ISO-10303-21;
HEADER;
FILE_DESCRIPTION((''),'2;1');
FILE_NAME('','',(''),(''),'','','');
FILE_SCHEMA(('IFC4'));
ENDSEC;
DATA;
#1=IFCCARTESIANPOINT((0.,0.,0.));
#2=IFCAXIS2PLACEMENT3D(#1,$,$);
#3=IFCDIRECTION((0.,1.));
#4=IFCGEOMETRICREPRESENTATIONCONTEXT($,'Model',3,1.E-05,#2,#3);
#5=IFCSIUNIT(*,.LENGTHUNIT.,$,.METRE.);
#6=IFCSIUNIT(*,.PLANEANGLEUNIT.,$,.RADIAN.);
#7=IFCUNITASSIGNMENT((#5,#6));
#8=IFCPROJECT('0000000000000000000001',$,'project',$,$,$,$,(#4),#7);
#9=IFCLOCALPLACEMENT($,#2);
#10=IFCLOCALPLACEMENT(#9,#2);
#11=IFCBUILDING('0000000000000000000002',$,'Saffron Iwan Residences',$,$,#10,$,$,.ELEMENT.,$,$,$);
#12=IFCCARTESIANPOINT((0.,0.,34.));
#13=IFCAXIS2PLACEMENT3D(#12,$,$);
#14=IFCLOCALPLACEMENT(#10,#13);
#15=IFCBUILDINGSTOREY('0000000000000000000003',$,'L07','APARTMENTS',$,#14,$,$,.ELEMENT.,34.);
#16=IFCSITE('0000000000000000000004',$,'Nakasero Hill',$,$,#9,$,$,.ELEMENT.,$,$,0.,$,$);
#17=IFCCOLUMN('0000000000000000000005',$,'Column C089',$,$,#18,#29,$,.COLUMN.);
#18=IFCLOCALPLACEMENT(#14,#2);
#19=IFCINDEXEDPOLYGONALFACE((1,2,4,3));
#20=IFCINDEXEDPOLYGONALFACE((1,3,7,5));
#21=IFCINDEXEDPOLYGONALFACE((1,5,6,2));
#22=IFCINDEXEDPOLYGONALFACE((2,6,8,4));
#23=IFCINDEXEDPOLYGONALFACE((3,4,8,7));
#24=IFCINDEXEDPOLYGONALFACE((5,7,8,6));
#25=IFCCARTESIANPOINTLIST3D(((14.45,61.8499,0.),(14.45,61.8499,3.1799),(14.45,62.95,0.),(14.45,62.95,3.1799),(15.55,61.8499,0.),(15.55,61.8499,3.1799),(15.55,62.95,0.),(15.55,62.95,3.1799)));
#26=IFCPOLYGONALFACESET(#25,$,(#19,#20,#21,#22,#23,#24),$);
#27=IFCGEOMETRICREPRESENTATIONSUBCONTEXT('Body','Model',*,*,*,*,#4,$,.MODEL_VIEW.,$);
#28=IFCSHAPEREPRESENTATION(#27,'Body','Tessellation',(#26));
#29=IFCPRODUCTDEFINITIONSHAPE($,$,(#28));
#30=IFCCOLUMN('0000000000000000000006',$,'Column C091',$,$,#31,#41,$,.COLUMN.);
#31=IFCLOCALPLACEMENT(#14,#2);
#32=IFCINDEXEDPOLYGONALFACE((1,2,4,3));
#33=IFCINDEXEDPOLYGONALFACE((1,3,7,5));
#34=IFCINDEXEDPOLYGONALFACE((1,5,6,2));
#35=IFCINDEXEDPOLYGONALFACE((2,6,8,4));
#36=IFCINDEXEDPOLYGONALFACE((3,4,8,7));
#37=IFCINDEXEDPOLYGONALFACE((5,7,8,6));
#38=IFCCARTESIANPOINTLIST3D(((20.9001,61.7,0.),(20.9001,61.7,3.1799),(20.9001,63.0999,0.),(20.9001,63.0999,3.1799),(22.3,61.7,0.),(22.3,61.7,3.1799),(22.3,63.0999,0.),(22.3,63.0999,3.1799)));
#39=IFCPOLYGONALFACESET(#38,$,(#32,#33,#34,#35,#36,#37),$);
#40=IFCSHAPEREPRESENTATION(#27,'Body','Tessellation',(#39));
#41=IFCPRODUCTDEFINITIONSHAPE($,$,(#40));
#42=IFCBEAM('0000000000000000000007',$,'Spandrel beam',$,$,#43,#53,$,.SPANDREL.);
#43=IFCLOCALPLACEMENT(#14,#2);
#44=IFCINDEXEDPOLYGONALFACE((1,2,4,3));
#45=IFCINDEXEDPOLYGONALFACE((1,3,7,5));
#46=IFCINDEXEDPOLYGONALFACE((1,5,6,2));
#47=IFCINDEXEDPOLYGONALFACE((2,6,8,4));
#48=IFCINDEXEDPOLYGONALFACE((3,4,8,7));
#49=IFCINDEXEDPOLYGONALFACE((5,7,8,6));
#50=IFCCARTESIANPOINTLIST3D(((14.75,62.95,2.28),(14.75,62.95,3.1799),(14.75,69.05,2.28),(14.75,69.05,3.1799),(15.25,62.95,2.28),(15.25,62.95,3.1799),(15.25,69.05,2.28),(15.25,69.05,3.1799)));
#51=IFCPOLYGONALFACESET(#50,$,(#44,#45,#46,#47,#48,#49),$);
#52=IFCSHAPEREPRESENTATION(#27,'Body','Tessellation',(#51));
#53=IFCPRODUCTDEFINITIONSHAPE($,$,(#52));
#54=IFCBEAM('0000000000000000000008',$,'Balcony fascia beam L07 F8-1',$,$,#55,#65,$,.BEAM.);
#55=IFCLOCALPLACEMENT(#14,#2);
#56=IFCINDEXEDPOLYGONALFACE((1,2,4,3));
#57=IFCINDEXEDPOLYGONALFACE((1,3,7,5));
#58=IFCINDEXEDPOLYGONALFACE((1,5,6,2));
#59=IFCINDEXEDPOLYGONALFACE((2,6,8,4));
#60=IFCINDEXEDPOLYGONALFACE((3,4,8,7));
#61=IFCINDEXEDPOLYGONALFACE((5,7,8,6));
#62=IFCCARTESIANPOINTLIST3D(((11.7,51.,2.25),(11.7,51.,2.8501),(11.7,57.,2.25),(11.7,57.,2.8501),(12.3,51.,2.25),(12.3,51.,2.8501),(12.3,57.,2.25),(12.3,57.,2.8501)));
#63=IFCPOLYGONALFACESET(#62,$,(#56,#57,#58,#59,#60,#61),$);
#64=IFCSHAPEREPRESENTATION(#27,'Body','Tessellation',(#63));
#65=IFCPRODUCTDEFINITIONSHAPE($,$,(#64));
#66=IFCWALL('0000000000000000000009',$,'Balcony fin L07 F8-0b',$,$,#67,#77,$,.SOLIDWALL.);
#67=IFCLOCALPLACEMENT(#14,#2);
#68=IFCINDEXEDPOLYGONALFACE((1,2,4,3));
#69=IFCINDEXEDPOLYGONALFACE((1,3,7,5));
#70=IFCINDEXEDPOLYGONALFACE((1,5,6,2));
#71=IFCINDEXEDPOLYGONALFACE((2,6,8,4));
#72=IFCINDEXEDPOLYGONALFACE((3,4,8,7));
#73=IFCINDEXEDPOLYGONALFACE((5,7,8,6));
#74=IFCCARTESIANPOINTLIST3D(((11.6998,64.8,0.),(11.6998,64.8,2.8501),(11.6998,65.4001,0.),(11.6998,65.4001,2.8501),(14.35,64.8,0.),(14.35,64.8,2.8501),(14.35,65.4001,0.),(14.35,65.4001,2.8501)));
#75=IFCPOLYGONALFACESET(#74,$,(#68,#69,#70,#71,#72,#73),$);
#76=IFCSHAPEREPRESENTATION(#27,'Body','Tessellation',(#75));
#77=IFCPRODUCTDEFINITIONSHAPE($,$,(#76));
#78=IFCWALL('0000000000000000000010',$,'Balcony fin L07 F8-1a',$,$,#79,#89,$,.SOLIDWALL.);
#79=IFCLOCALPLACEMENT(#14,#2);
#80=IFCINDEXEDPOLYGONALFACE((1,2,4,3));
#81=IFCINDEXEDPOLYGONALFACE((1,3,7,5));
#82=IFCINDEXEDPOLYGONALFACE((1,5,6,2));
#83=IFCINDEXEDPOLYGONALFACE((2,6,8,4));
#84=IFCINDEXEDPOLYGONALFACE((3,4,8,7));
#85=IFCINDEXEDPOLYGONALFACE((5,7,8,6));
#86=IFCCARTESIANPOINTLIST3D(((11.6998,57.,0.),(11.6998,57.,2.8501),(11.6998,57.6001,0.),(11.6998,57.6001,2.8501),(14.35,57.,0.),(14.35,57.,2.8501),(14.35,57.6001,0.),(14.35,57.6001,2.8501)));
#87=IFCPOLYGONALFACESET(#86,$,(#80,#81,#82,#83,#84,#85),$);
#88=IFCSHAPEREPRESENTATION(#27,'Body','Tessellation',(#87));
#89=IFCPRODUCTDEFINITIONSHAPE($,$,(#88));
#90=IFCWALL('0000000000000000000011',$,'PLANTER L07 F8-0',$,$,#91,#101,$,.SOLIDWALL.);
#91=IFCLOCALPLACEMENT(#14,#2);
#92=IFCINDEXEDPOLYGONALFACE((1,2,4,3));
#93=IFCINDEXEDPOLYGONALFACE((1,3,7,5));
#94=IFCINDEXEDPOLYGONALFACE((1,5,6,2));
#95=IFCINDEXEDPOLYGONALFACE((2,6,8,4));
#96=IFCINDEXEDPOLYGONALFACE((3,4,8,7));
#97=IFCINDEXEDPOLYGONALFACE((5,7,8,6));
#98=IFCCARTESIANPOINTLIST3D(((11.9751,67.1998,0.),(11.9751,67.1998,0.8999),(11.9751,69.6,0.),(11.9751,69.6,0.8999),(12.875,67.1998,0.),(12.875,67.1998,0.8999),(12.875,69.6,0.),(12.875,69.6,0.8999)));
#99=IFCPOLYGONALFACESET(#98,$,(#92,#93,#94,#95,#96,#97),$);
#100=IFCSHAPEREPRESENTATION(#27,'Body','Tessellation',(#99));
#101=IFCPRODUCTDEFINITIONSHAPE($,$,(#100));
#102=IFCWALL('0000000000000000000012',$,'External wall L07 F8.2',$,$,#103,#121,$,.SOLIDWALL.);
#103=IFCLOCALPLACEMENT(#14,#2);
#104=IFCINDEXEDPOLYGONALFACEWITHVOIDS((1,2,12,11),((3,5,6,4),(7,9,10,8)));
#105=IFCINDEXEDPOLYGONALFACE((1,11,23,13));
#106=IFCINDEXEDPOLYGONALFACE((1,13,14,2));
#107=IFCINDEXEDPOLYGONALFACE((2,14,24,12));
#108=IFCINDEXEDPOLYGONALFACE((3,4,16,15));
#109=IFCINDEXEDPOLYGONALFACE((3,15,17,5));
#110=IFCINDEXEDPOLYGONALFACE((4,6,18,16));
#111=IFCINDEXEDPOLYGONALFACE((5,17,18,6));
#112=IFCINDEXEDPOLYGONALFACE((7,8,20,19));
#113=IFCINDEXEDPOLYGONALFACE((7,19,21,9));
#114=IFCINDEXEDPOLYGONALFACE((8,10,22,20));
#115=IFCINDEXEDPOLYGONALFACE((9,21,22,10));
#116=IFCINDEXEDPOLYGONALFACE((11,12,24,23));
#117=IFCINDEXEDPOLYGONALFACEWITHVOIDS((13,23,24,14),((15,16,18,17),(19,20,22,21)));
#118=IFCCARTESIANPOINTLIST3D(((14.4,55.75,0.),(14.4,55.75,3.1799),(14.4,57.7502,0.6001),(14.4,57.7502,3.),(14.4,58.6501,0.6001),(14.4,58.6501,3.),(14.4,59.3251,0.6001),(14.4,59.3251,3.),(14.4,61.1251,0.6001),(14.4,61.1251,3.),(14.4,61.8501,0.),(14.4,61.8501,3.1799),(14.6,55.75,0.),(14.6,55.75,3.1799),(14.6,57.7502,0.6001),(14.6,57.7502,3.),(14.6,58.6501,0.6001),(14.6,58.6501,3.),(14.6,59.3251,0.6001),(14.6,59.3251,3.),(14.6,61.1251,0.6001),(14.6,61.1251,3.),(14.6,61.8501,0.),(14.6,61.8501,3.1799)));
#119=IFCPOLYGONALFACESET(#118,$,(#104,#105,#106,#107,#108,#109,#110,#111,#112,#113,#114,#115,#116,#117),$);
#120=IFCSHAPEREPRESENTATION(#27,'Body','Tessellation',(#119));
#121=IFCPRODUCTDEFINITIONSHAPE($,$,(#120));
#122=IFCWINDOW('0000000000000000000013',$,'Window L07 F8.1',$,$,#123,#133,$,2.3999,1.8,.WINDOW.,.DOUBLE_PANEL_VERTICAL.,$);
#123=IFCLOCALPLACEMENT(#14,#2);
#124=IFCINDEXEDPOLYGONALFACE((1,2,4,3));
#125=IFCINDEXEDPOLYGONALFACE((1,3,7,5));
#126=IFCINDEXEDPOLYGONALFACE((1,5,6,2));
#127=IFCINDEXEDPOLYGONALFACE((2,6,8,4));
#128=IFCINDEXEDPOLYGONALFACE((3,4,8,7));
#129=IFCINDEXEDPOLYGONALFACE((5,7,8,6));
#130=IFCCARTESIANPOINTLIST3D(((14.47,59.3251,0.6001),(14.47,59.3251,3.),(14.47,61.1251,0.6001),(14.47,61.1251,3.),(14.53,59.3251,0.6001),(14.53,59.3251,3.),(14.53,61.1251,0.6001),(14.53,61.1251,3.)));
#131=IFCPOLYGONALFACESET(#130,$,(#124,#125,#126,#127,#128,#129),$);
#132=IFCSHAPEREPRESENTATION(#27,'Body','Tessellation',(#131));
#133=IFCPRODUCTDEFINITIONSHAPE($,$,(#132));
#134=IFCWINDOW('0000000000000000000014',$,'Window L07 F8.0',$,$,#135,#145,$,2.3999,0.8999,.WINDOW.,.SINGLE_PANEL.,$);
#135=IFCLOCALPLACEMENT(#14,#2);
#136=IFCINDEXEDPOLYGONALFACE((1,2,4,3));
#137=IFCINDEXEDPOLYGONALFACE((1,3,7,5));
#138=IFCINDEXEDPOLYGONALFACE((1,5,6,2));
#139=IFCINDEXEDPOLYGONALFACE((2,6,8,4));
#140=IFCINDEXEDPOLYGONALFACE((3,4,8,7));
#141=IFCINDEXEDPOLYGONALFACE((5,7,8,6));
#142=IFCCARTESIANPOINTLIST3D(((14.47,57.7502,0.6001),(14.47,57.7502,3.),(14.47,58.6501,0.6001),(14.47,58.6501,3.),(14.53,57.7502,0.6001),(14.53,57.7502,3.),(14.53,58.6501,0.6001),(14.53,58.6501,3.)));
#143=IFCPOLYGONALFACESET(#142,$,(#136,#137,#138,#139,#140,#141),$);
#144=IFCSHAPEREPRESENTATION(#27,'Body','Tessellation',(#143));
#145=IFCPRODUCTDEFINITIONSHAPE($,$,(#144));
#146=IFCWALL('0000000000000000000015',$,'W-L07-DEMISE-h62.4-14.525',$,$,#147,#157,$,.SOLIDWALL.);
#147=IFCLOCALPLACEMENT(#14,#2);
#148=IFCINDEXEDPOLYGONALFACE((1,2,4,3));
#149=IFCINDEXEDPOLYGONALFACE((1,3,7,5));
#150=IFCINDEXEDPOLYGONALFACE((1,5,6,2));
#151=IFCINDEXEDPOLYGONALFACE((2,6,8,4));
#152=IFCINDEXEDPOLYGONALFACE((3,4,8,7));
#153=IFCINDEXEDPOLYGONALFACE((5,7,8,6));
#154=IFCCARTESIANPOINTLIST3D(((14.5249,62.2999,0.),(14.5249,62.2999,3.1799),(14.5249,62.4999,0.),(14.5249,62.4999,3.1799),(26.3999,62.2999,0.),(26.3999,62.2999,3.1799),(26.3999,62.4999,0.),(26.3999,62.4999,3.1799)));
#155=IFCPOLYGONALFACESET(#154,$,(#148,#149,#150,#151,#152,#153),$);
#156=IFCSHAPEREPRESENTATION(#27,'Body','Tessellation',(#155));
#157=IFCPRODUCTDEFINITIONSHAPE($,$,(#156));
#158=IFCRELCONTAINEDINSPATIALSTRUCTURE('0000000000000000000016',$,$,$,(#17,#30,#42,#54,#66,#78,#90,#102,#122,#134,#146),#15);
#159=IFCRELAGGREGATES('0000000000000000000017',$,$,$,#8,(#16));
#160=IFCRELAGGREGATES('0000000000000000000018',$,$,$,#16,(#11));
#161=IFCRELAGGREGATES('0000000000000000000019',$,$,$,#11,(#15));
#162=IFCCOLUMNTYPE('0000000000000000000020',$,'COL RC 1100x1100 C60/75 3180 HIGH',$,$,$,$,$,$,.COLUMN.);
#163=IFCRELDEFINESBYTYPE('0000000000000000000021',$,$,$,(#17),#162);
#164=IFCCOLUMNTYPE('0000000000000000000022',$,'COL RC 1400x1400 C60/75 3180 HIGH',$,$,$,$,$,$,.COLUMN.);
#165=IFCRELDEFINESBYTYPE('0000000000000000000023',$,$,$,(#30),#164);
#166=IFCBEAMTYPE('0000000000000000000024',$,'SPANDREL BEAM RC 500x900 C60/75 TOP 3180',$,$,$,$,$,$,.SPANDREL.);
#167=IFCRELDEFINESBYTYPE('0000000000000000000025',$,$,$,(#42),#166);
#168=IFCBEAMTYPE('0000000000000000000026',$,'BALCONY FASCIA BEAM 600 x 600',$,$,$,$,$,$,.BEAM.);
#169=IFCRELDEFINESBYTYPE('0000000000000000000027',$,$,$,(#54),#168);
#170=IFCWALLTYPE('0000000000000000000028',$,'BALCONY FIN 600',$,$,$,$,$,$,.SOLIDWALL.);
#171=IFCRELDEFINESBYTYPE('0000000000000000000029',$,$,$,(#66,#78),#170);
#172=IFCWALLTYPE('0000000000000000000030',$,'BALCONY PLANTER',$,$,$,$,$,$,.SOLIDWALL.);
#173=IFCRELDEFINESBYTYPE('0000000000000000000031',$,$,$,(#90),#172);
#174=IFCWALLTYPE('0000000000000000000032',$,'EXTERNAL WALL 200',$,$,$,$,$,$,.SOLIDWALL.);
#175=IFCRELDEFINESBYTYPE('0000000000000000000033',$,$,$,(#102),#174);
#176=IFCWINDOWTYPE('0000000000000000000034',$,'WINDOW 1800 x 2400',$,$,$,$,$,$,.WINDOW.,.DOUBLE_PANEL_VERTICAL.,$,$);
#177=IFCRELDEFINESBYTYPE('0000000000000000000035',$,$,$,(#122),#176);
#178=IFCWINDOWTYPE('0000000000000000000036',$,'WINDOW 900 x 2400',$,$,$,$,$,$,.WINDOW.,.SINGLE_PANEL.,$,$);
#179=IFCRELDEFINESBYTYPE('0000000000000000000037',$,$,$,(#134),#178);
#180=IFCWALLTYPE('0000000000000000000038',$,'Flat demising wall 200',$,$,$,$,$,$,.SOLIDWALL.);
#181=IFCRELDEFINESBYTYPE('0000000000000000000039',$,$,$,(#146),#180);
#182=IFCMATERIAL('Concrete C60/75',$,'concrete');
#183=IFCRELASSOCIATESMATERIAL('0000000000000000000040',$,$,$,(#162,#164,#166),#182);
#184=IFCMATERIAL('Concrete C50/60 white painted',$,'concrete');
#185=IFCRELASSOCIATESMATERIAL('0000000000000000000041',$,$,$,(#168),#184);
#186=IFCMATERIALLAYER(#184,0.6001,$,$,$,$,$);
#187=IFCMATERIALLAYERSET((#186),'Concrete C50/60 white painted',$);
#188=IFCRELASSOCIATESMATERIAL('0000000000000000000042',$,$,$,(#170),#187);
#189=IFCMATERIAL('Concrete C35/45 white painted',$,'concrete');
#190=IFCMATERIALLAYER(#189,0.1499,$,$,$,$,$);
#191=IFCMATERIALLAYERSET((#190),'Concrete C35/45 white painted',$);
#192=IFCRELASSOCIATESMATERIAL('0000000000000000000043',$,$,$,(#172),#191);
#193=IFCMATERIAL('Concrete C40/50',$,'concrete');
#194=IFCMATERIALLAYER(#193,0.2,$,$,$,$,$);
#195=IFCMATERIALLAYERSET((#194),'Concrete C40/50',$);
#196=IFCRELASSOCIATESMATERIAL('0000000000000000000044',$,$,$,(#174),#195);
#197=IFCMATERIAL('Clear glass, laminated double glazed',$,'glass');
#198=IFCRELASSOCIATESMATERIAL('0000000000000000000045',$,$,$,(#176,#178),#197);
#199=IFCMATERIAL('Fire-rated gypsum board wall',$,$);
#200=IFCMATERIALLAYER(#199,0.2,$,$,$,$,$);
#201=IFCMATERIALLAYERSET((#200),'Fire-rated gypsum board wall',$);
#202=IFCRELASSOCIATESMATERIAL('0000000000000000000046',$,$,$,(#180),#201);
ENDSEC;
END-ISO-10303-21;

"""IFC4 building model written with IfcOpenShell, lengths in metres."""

from ifc_helpers import new_model, si_unit, direction, frame, frame_2d, origin, origin_2d, place, context, subcontext, project, spatial, rectangle, extrude, source, transform, mapped, material, layer, layer_set, material_profile, profile_set, type_object, element, fill, save


model = new_model("IFC4")

# Units and contexts
model_context = context("Model", 3, precision=1e-05, world=origin(), true_north=direction((0.0, 1.0)))
body_context = subcontext(model_context, "Body", "Model", "MODEL_VIEW")
ifc_project = project(units=[si_unit("LENGTHUNIT", "METRE"), si_unit("PLANEANGLEUNIT", "RADIAN")], contexts=[model_context])

# Site, building, storey
site_placement = place(None, origin())
site = spatial("IfcSite", under=ifc_project, at=site_placement, Name="Nakasero Hill", CompositionType="ELEMENT", RefElevation=0.0)
building_placement = place(site_placement, origin())
building = spatial("IfcBuilding", under=site, at=building_placement, Name="Saffron Iwan Residences", CompositionType="ELEMENT")
storey_placement = place(building_placement, frame((0.0, 0.0, 34.0)))
storey = spatial("IfcBuildingStorey", under=building, at=storey_placement, Name="L07", Description="APARTMENTS", CompositionType="ELEMENT", Elevation=34.0)

# Columns
ifc_material_1 = material(Name="Concrete C60/75", Category="concrete")
ifc_material_profile_1 = material_profile(ifc_material_1, rectangle(XDim=1.1001, YDim=1.1001, at=origin_2d()), Name="RC 1100x1100")
ifc_profile_set_1 = profile_set([ifc_material_profile_1], Name="Concrete C60/75")
column_type_1 = type_object("IfcColumnType", Name="COL RC 1100x1100 C60/75 3180 HIGH", PredefinedType="COLUMN", material=ifc_profile_set_1)
shared_shape_1 = source(origin(), body_context, "Body", "SweptSolid", [
    extrude(rectangle(XDim=1.1001, YDim=1.1001, at=origin_2d()), origin(), (0.0, 0.0, 1.0), 3.1799),
])
column_1_placement = place(storey_placement, frame((15.0, 62.3999, 0.0), z_axis=(0.0, 0.0, 1.0), x_axis=(1.0, 0.0, 0.0)))
element("IfcColumn", 1, at=column_1_placement, inside=storey, type_object=column_type_1, Name="Column C089", PredefinedType="COLUMN", context=body_context, shape_type="MappedRepresentation", body=[
    mapped(shared_shape_1, transform((0.0, 0.0, 0.0))),
])
ifc_material_profile_2 = material_profile(ifc_material_1, rectangle(XDim=1.3999, YDim=1.3999, at=origin_2d()), Name="RC 1400x1400")
ifc_profile_set_2 = profile_set([ifc_material_profile_2], Name="Concrete C60/75")
column_type_2 = type_object("IfcColumnType", Name="COL RC 1400x1400 C60/75 3180 HIGH", PredefinedType="COLUMN", material=ifc_profile_set_2)
shared_shape_2 = source(origin(), body_context, "Body", "SweptSolid", [
    extrude(rectangle(XDim=1.3999, YDim=1.3999, at=origin_2d()), origin(), (0.0, 0.0, 1.0), 3.1799),
])
column_2_placement = place(storey_placement, frame((21.6001, 62.3999, 0.0), z_axis=(0.0, 0.0, 1.0), x_axis=(1.0, 0.0, 0.0)))
element("IfcColumn", 2, at=column_2_placement, inside=storey, type_object=column_type_2, Name="Column C091", PredefinedType="COLUMN", context=body_context, shape_type="MappedRepresentation", body=[
    mapped(shared_shape_2, transform((0.0, 0.0, 0.0))),
])

# Beams
ifc_material_profile_3 = material_profile(ifc_material_1, rectangle(XDim=0.5, YDim=0.8999, at=origin_2d()), Name="RC 500x900")
ifc_profile_set_3 = profile_set([ifc_material_profile_3], Name="Concrete C60/75")
beam_type_1 = type_object("IfcBeamType", Name="SPANDREL BEAM RC 500x900 C60/75 TOP 3180", PredefinedType="SPANDREL", material=ifc_profile_set_3)
shared_shape_3 = source(origin(), body_context, "Body", "SweptSolid", [
    extrude(rectangle(XDim=0.5, YDim=0.8999, at=origin_2d()), origin(), (0.0, 0.0, 1.0), 6.1001),
])
beam_1_placement = place(storey_placement, frame((15.0, 62.95, 2.73), z_axis=(0.0, 1.0, 0.0), x_axis=(-1.0, 0.0, 0.0)))
element("IfcBeam", 3, at=beam_1_placement, inside=storey, type_object=beam_type_1, Name="Spandrel beam", PredefinedType="SPANDREL", context=body_context, shape_type="MappedRepresentation", body=[
    mapped(shared_shape_3, transform((0.0, 0.0, 0.0))),
])
ifc_material_2 = material(Name="Concrete C50/60 white painted", Category="concrete")
ifc_material_profile_4 = material_profile(ifc_material_2, rectangle(XDim=0.6001, YDim=0.6001, at=origin_2d()), Name="BALCONY FASCIA BEAM 600 x 600")
ifc_profile_set_4 = profile_set([ifc_material_profile_4], Name="Concrete C50/60 white painted")
beam_type_2 = type_object("IfcBeamType", Name="BALCONY FASCIA BEAM 600 x 600", PredefinedType="BEAM", material=ifc_profile_set_4)
shared_shape_4 = source(origin(), body_context, "Body", "SweptSolid", [
    extrude(rectangle(XDim=0.6001, YDim=0.6001, at=origin_2d()), origin(), (0.0, 0.0, 1.0), 6.0),
])
beam_2_placement = place(storey_placement, frame((12.0, 57.0, 2.55), z_axis=(0.0, -1.0, 0.0), x_axis=(1.0, 0.0, 0.0)))
element("IfcBeam", 4, at=beam_2_placement, inside=storey, type_object=beam_type_2, Name="Balcony fascia beam L07 F8-1", PredefinedType="BEAM", context=body_context, shape_type="MappedRepresentation", body=[
    mapped(shared_shape_4, transform((0.0, 0.0, 0.0))),
])

# Walls
ifc_layer_1 = layer(ifc_material_2, 0.6001)
ifc_layer_set_1 = layer_set([ifc_layer_1], Name="Concrete C50/60 white painted")
wall_type_1 = type_object("IfcWallType", Name="BALCONY FIN 600", PredefinedType="SOLIDWALL", material=ifc_layer_set_1)
for number, where, z_axis, x_axis, name in (
    (5, (14.3501, 65.1001, 0.0), (0.0, 0.0, 1.0), (-1.0, 0.0, 0.0), "Balcony fin L07 F8-0b"),
    (6, (14.3501, 57.3, 0.0), (0.0, 0.0, 1.0), (-1.0, 0.0, 0.0), "Balcony fin L07 F8-1a"),
):
    element("IfcWall", number, at=place(storey_placement, frame(where, z_axis=z_axis, x_axis=x_axis)), inside=storey, type_object=wall_type_1, Name=name, PredefinedType="SOLIDWALL", context=body_context, shape_type="SweptSolid", body=[
        extrude(rectangle(XDim=2.6501, YDim=0.6001, at=frame_2d((1.3252, 0.0))), origin(), (0.0, 0.0, 1.0), 2.8501),
    ])
ifc_material_3 = material(Name="Concrete C35/45 white painted", Category="concrete")
ifc_layer_2 = layer(ifc_material_3, 0.1499)
ifc_layer_set_2 = layer_set([ifc_layer_2], Name="Concrete C35/45 white painted")
wall_type_2 = type_object("IfcWallType", Name="BALCONY PLANTER", PredefinedType="SOLIDWALL", material=ifc_layer_set_2)
wall_1_placement = place(storey_placement, frame((12.425, 69.6001, 0.0), z_axis=(0.0, 0.0, 1.0), x_axis=(0.0, -1.0, 0.0)))
element("IfcWall", 7, at=wall_1_placement, inside=storey, type_object=wall_type_2, Name="PLANTER L07 F8-0", PredefinedType="SOLIDWALL", context=body_context, shape_type="SweptSolid", body=[
    extrude(rectangle(XDim=2.4001, YDim=0.8999, at=frame_2d((1.2002, 0.0))), origin(), (0.0, 0.0, 1.0), 0.8999),
])

# Shared definitions
ifc_material_4 = material(Name="Concrete C40/50", Category="concrete")
ifc_layer_3 = layer(ifc_material_4, 0.2)
ifc_layer_set_3 = layer_set([ifc_layer_3], Name="Concrete C40/50")
wall_type_3 = type_object("IfcWallType", Name="EXTERNAL WALL 200", PredefinedType="SOLIDWALL", material=ifc_layer_set_3)
ifc_material_5 = material(Name="Clear glass, laminated double glazed", Category="glass")

# Wall, openings, windows
wall_2_placement = place(storey_placement, frame((14.5, 61.8501, 0.0), z_axis=(0.0, 0.0, 1.0), x_axis=(0.0, -1.0, 0.0)))
wall_2 = element("IfcWall", 8, at=wall_2_placement, inside=storey, type_object=wall_type_3, Name="External wall L07 F8.2", PredefinedType="SOLIDWALL", context=body_context, shape_type="SweptSolid", body=[
    extrude(rectangle(XDim=6.1001, YDim=0.2, at=frame_2d((3.05, 0.0))), origin(), (0.0, 0.0, 1.0), 3.1799),
])
opening_1_placement = place(wall_2_placement, frame((3.2, 0.0, 0.6001)))
opening_1 = element("IfcOpeningElement", 9, at=opening_1_placement, cuts=wall_2, PredefinedType="OPENING", context=body_context, shape_type="SweptSolid", body=[
    extrude(rectangle(XDim=0.8999, YDim=2.3999, at=frame_2d((0.45, 1.2))), frame((0.0, 0.1099, 0.0), z_axis=(0.0, -1.0, 0.0), x_axis=(1.0, 0.0, 0.0)), (0.0, 0.0, 1.0), 0.22),
])
opening_2_placement = place(wall_2_placement, frame((0.7251, 0.0, 0.6001)))
opening_2 = element("IfcOpeningElement", 10, at=opening_2_placement, cuts=wall_2, PredefinedType="OPENING", context=body_context, shape_type="SweptSolid", body=[
    extrude(rectangle(XDim=1.8, YDim=2.3999, at=frame_2d((0.8999, 1.2))), frame((0.0, 0.1099, 0.0), z_axis=(0.0, -1.0, 0.0), x_axis=(1.0, 0.0, 0.0)), (0.0, 0.0, 1.0), 0.22),
])
window_type_1 = type_object("IfcWindowType", Name="WINDOW 1800 x 2400", PartitioningType="DOUBLE_PANEL_VERTICAL", PredefinedType="WINDOW", material=ifc_material_5)
window_1_placement = place(opening_2_placement, origin())
window_1 = element("IfcWindow", 11, at=window_1_placement, inside=storey, type_object=window_type_1, Name="Window L07 F8.1", OverallHeight=2.3999, OverallWidth=1.8, PartitioningType="DOUBLE_PANEL_VERTICAL", PredefinedType="WINDOW", context=body_context, shape_type="SweptSolid", body=[
    extrude(rectangle(XDim=1.8, YDim=2.3999, at=frame_2d((0.8999, 1.2))), frame((0.0, 0.03, 0.0), z_axis=(0.0, -1.0, 0.0), x_axis=(1.0, 0.0, 0.0)), (0.0, 0.0, 1.0), 0.0601),
])
fill(opening_2, window_1)
window_type_2 = type_object("IfcWindowType", Name="WINDOW 900 x 2400", PartitioningType="SINGLE_PANEL", PredefinedType="WINDOW", material=ifc_material_5)
window_2_placement = place(opening_1_placement, origin())
window_2 = element("IfcWindow", 12, at=window_2_placement, inside=storey, type_object=window_type_2, Name="Window L07 F8.0", OverallHeight=2.3999, OverallWidth=0.8999, PartitioningType="SINGLE_PANEL", PredefinedType="WINDOW", context=body_context, shape_type="SweptSolid", body=[
    extrude(rectangle(XDim=0.8999, YDim=2.3999, at=frame_2d((0.45, 1.2))), frame((0.0, 0.03, 0.0), z_axis=(0.0, -1.0, 0.0), x_axis=(1.0, 0.0, 0.0)), (0.0, 0.0, 1.0), 0.0601),
])
fill(opening_1, window_2)

# Wall
ifc_material_6 = material(Name="Fire-rated gypsum board wall")
ifc_layer_4 = layer(ifc_material_6, 0.2)
ifc_layer_set_4 = layer_set([ifc_layer_4], Name="Fire-rated gypsum board wall")
wall_type_4 = type_object("IfcWallType", Name="Flat demising wall 200", PredefinedType="SOLIDWALL", material=ifc_layer_set_4)
wall_3_placement = place(storey_placement, frame((14.5249, 62.3999, 0.0), z_axis=(0.0, 0.0, 1.0), x_axis=(1.0, 0.0, 0.0)))
element("IfcWall", 13, at=wall_3_placement, inside=storey, type_object=wall_type_4, Name="W-L07-DEMISE-h62.4-14.525", PredefinedType="SOLIDWALL", context=body_context, shape_type="SweptSolid", body=[
    extrude(rectangle(XDim=11.875, YDim=0.2, at=frame_2d((5.9375, 0.0))), origin(), (0.0, 0.0, 1.0), 3.1799),
])

save(model, "model.ifc")
